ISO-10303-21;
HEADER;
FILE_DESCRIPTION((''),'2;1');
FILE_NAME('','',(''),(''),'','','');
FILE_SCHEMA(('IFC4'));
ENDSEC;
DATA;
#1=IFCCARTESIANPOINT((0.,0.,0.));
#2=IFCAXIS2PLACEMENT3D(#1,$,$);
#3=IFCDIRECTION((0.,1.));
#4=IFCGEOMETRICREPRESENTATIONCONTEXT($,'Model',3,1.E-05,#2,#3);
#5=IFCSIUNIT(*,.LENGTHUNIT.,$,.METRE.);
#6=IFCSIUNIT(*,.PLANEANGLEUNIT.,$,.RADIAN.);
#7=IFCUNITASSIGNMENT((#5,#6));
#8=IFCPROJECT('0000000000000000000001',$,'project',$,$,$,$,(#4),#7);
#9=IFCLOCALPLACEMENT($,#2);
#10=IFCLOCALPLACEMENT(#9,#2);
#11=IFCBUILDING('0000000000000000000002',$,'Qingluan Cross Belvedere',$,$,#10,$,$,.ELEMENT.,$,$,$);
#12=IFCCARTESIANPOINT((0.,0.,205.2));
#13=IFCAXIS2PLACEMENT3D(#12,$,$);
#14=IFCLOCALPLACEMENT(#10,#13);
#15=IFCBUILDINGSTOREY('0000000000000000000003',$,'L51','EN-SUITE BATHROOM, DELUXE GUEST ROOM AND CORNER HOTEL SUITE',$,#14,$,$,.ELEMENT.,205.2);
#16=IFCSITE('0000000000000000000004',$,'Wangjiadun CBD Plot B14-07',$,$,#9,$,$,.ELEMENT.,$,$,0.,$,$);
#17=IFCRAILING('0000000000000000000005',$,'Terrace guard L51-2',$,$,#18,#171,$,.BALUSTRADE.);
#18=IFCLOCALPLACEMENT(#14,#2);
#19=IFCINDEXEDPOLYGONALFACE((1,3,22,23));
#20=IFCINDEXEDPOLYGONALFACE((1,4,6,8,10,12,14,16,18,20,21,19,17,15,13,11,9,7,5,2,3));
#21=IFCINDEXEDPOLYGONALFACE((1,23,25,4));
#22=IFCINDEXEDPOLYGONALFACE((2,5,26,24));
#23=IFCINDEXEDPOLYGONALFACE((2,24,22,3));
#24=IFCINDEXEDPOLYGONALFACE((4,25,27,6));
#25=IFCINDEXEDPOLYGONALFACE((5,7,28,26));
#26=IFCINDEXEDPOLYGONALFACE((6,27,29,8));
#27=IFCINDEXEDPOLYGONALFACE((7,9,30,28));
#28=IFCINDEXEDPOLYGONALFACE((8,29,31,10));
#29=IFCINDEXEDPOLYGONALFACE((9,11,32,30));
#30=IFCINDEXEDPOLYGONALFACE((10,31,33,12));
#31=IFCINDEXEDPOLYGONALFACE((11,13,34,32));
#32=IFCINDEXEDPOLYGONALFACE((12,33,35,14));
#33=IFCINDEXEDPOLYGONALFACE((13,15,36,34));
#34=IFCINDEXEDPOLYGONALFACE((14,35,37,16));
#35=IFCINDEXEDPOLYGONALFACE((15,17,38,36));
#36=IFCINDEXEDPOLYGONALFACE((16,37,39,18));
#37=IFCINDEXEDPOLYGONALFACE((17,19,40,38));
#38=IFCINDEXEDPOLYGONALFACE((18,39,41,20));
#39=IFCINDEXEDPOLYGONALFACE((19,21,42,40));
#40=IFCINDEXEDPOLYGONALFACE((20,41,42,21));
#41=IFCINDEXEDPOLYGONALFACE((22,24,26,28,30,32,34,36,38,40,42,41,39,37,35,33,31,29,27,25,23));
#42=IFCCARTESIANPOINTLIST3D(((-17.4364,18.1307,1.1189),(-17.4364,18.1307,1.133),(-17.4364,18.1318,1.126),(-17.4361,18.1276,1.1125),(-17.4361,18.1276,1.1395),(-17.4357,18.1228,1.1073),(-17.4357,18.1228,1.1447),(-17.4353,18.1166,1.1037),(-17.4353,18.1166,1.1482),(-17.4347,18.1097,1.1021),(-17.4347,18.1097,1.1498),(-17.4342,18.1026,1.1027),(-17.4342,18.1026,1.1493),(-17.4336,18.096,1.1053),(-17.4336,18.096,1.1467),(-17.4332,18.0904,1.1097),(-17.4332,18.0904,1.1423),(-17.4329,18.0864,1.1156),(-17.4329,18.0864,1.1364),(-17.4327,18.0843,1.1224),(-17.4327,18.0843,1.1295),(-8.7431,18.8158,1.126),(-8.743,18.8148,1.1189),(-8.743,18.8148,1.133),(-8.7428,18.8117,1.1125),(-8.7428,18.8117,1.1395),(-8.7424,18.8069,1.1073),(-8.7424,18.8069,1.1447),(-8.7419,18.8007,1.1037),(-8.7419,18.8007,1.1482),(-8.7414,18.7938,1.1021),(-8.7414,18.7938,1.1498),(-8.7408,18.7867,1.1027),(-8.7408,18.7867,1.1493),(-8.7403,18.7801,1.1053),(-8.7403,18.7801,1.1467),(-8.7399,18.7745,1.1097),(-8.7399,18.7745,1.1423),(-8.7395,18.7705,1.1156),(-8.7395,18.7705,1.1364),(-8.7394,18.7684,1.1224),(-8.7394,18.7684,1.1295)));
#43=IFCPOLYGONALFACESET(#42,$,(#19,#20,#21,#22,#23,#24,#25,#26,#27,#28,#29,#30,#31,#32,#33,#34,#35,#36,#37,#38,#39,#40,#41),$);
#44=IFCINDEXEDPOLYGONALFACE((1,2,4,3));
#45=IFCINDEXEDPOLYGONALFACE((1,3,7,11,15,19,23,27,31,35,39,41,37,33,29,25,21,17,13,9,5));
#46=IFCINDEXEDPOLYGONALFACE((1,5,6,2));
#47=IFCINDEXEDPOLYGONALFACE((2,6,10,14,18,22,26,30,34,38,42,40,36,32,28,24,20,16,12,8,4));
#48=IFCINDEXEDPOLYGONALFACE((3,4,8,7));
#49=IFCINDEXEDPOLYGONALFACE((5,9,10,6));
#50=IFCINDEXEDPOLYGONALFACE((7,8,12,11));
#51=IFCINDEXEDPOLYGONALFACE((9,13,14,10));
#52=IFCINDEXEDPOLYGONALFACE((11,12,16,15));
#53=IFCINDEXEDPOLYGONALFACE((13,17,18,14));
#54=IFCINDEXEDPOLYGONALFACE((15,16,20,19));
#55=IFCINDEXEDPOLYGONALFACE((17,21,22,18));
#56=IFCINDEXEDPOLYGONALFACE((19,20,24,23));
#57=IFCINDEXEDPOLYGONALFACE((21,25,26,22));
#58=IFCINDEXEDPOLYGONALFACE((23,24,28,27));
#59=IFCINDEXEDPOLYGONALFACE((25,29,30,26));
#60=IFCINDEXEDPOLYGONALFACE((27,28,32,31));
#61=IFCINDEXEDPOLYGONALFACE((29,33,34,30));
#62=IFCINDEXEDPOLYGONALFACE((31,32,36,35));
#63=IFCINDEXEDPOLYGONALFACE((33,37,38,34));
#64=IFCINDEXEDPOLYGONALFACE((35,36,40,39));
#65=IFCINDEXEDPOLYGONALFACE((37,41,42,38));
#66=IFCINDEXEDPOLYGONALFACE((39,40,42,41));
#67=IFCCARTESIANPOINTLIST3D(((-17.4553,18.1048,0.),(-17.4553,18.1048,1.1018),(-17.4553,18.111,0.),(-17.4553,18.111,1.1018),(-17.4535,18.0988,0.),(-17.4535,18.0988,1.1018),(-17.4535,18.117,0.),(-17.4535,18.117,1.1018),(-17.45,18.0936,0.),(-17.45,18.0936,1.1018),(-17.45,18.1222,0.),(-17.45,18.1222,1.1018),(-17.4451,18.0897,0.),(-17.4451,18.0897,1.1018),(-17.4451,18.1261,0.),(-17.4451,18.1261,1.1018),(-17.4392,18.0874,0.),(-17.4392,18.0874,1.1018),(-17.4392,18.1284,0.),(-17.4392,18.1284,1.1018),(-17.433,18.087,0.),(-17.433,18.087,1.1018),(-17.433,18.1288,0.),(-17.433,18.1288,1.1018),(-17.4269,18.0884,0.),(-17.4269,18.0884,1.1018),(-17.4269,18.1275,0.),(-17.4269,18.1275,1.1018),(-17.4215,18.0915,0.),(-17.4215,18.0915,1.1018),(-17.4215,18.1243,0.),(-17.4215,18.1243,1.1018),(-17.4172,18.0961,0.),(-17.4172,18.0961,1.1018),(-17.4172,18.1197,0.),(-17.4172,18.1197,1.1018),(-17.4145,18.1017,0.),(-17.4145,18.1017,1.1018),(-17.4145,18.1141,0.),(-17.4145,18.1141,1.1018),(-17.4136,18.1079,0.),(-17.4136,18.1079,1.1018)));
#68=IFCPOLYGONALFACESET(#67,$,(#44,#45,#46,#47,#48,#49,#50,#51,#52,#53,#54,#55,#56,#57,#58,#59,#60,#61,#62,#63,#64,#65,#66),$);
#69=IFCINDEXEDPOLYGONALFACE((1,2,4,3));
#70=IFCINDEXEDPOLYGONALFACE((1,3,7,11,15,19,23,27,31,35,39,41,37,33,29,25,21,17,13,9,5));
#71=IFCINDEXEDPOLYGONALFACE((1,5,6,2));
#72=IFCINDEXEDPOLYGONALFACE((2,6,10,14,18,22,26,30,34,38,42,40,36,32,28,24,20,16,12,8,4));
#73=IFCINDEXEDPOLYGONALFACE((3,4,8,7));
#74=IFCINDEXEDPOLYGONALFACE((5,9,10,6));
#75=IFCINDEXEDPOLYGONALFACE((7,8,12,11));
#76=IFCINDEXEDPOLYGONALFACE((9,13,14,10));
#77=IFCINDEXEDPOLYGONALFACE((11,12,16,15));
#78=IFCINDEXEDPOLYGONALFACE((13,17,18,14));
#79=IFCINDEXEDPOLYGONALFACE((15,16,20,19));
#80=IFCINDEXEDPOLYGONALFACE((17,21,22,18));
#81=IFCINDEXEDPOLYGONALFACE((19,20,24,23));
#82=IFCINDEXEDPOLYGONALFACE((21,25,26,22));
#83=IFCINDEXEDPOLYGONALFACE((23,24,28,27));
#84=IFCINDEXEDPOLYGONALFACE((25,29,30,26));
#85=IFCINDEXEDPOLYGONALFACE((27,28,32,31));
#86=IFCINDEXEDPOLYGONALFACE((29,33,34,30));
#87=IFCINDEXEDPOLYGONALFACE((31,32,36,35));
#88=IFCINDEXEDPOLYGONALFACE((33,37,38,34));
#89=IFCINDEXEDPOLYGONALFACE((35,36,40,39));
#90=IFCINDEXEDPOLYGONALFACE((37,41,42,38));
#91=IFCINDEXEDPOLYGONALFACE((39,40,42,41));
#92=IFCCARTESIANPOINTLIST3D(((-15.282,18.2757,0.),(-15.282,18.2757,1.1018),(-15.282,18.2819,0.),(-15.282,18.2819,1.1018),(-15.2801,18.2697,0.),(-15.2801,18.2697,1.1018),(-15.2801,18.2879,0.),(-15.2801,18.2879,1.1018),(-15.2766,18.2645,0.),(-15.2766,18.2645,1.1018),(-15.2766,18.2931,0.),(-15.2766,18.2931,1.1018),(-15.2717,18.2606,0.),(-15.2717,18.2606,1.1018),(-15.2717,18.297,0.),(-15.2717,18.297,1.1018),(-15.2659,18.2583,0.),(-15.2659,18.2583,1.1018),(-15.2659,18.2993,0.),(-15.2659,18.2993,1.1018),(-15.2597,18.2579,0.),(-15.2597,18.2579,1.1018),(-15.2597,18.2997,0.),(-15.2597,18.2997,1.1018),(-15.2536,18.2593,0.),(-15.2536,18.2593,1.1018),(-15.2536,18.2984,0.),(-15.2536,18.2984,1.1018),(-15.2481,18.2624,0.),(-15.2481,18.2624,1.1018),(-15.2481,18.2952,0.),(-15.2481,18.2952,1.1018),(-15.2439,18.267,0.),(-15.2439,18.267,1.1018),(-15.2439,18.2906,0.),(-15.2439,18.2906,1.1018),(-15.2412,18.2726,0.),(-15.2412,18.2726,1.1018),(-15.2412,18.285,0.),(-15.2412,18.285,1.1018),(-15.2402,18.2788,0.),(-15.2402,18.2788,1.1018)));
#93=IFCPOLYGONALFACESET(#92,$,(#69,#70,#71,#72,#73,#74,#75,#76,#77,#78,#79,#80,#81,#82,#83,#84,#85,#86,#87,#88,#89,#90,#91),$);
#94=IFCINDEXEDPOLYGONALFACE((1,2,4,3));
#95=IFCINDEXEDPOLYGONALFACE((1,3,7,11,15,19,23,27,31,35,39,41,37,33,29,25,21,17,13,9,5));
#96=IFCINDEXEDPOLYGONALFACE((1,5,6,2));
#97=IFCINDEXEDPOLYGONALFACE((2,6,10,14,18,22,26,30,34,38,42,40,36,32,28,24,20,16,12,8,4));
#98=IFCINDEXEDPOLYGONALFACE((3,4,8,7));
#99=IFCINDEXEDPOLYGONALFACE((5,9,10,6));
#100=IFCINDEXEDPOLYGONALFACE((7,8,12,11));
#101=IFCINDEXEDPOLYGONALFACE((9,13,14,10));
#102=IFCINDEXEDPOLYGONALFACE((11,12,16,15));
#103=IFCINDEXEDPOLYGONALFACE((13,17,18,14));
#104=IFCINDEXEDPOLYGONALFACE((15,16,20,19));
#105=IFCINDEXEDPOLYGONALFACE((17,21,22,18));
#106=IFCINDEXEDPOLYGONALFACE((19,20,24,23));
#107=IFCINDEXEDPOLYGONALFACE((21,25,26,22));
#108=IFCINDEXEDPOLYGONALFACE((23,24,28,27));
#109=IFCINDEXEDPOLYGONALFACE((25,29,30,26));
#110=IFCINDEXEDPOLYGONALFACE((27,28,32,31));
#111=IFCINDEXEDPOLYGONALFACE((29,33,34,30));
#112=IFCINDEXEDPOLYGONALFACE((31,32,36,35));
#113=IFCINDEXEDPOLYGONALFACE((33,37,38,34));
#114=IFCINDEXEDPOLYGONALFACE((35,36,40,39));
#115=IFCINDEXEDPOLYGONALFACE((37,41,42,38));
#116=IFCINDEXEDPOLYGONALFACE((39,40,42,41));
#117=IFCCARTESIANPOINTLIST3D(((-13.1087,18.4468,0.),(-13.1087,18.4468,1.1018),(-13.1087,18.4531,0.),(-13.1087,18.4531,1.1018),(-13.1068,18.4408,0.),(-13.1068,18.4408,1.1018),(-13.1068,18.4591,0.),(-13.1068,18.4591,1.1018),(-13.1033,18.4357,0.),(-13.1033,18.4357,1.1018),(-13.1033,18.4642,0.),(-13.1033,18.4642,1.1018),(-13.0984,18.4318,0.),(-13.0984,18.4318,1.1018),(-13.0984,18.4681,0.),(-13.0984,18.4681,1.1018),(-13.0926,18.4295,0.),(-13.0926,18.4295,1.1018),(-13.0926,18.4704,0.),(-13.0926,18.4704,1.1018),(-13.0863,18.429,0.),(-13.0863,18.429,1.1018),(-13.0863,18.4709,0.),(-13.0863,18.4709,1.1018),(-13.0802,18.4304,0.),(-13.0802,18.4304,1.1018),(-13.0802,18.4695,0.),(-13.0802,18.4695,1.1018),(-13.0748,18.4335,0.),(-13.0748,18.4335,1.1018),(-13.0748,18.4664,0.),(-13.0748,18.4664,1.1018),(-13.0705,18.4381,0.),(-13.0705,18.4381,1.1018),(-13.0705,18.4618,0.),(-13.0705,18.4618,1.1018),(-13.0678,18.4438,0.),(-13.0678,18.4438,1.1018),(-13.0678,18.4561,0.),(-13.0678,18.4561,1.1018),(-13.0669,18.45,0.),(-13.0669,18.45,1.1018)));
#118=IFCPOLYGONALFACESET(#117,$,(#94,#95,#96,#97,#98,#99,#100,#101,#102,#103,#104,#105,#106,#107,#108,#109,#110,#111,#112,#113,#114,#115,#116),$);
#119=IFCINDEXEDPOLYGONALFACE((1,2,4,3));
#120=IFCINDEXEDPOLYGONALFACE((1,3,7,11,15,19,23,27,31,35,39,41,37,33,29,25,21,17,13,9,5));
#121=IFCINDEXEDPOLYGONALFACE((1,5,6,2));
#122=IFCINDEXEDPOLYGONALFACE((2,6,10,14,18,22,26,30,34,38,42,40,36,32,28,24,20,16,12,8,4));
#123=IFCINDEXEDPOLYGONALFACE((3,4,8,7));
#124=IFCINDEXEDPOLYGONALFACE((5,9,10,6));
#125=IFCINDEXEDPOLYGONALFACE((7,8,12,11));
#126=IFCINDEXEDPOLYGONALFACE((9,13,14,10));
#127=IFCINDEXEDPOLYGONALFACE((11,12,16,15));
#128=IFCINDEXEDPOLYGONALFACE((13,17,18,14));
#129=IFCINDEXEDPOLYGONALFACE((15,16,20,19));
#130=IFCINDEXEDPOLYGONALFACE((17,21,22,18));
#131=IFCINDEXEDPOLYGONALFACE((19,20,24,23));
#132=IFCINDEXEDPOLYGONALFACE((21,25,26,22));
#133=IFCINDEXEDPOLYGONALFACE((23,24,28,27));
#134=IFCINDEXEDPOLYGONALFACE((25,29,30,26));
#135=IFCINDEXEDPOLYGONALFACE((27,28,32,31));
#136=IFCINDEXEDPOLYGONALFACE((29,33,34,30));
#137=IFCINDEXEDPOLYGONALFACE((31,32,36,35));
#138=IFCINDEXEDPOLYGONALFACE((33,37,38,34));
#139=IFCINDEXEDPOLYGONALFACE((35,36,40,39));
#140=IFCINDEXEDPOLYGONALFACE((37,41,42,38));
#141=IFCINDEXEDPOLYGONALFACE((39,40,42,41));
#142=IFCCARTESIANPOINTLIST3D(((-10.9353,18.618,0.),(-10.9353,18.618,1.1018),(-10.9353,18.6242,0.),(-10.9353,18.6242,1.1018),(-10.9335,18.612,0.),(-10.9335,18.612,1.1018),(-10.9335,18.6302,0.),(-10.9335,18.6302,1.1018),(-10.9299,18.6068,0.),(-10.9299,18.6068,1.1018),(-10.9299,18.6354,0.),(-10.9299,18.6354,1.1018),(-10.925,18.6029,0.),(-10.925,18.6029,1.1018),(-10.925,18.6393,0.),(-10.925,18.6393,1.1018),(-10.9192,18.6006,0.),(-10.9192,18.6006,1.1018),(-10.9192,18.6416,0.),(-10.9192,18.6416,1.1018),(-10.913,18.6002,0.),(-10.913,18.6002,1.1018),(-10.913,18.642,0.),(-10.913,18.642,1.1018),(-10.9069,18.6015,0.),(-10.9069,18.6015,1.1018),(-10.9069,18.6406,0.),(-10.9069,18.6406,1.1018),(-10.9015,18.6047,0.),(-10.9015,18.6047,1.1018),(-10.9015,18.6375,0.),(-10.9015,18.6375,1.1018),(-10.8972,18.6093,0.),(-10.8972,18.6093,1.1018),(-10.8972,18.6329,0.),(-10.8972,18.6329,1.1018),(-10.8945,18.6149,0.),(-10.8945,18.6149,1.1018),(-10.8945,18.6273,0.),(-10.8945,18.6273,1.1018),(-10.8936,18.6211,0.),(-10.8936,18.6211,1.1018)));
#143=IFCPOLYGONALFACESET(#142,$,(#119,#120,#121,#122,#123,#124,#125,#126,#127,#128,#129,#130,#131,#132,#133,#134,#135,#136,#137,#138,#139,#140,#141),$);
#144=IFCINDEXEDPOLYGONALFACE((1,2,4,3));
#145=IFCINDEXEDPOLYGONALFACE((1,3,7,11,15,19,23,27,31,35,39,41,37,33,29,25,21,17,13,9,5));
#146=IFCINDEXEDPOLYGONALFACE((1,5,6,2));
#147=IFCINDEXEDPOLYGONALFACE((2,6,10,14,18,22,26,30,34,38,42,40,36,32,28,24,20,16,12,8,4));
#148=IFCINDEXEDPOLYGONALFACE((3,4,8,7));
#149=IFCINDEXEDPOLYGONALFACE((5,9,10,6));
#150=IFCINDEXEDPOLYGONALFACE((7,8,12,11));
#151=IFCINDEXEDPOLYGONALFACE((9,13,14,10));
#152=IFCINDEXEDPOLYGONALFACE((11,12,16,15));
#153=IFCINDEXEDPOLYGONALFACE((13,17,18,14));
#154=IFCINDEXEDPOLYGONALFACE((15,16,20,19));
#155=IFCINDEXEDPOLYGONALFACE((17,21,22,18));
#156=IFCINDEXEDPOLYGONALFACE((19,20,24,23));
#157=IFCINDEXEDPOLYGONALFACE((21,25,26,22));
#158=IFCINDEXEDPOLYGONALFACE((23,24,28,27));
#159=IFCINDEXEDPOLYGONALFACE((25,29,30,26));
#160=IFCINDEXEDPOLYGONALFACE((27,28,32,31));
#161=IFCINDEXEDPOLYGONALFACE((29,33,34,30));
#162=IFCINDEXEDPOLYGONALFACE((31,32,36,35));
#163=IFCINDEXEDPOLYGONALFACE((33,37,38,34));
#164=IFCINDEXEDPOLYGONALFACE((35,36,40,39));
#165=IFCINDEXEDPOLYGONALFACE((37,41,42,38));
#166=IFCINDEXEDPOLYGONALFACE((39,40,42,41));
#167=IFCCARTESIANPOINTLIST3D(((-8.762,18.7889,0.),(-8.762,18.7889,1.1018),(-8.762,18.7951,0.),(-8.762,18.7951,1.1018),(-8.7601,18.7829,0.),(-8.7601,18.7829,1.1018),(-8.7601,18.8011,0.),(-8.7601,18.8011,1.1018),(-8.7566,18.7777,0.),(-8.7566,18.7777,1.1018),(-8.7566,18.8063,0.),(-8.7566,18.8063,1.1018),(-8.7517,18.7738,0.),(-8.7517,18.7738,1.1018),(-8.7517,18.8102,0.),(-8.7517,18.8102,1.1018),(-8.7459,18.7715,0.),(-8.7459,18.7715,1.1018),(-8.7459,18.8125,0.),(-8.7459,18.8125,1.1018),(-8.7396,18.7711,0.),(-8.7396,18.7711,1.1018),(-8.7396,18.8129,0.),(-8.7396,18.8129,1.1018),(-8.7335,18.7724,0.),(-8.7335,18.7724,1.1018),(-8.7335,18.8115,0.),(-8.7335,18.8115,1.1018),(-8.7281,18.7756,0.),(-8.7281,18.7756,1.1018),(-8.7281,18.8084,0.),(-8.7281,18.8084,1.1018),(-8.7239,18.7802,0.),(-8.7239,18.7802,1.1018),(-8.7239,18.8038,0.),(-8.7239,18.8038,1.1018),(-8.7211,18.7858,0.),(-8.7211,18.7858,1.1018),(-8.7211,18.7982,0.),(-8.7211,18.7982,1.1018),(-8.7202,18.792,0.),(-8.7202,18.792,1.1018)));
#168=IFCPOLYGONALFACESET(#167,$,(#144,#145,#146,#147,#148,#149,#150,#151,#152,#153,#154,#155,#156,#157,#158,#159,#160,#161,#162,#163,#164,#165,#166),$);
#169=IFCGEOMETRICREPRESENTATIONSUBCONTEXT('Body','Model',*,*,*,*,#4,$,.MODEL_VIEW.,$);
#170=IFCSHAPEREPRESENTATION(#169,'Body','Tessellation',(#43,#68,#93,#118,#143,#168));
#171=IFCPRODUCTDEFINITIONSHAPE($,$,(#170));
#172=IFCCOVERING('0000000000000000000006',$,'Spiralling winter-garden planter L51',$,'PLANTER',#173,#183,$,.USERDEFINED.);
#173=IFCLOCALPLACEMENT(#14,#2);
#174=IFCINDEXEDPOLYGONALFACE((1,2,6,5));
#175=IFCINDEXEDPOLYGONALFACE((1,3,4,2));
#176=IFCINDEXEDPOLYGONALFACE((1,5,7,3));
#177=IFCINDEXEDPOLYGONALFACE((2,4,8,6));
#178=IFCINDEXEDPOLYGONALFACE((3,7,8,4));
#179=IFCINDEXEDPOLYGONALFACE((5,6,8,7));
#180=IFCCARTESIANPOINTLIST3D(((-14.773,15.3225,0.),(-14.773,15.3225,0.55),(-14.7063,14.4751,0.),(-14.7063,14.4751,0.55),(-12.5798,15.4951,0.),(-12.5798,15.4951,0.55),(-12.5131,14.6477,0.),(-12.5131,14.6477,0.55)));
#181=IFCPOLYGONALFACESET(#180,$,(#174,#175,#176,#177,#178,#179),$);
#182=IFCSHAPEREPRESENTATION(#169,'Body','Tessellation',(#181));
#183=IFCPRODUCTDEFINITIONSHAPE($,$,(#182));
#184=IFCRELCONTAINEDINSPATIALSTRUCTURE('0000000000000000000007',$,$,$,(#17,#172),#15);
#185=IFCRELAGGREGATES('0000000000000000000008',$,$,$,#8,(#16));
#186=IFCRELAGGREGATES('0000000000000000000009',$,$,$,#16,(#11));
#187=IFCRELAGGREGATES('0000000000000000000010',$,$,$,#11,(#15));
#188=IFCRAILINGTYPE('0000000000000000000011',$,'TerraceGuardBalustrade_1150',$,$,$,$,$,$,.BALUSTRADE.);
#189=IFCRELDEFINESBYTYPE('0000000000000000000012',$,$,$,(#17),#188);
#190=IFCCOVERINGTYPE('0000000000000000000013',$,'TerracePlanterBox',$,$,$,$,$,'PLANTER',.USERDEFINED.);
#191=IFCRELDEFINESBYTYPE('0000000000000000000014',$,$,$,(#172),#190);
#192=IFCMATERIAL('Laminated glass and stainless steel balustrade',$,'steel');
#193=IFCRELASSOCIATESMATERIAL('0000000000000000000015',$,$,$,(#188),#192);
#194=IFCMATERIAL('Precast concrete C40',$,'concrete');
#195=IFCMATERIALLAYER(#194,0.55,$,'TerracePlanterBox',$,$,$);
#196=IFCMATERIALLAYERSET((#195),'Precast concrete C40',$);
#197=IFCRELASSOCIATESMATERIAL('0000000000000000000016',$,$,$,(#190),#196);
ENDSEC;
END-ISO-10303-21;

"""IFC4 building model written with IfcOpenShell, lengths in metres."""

from ifc_helpers import new_model, si_unit, direction, frame, origin, origin_2d, place, context, subcontext, project, spatial, rectangle, circle, extrude, material, layer, layer_set, type_object, element, save


model = new_model("IFC4")

# Units and contexts
model_context = context("Model", 3, precision=1e-05, world=origin(), true_north=direction((0.0, 1.0)))
body_context = subcontext(model_context, "Body", "Model", "MODEL_VIEW")
ifc_project = project(units=[si_unit("LENGTHUNIT", "METRE"), si_unit("PLANEANGLEUNIT", "RADIAN")], contexts=[model_context])

# Site, building, storey
site_placement = place(None, origin())
site = spatial("IfcSite", under=ifc_project, at=site_placement, Name="Wangjiadun CBD Plot B14-07", CompositionType="ELEMENT", RefElevation=0.0)
building_placement = place(site_placement, origin())
building = spatial("IfcBuilding", under=site, at=building_placement, Name="Qingluan Cross Belvedere", CompositionType="ELEMENT")
storey_placement = place(building_placement, frame((0.0, 0.0, 205.2)))
storey = spatial("IfcBuildingStorey", under=building, at=storey_placement, Name="L51", Description="EN-SUITE BATHROOM, DELUXE GUEST ROOM AND CORNER HOTEL SUITE", CompositionType="ELEMENT", Elevation=205.2)

# Railing
ifc_material_1 = material(Name="Laminated glass and stainless steel balustrade", Category="steel")
railing_type = type_object("IfcRailingType", Name="TerraceGuardBalustrade_1150", PredefinedType="BALUSTRADE", material=ifc_material_1)
railing_placement = place(storey_placement, frame((-17.4346, 18.1079, 0.0)))
element("IfcRailing", 1, at=railing_placement, inside=storey, type_object=railing_type, Name="Terrace guard L51-2", PredefinedType="BALUSTRADE", context=body_context, shape_type="SweptSolid", body=[
    extrude(circle(Radius=0.0239, at=origin_2d()), frame((0.0, 0.0, 1.126), z_axis=(0.996918, 0.078448, 0.0), x_axis=(-0.078448, 0.996918, 0.0)), (0.0, 0.0, 1.0), 8.7202),
    extrude(circle(Radius=0.021, at=origin_2d()), origin(), (0.0, 0.0, 1.0), 1.1018),
    extrude(circle(Radius=0.021, at=origin_2d()), frame((2.1733, 0.1709, 0.0)), (0.0, 0.0, 1.0), 1.1018),
    extrude(circle(Radius=0.021, at=origin_2d()), frame((4.3467, 0.342, 0.0)), (0.0, 0.0, 1.0), 1.1018),
    extrude(circle(Radius=0.021, at=origin_2d()), frame((6.52, 0.5132, 0.0)), (0.0, 0.0, 1.0), 1.1018),
    extrude(circle(Radius=0.021, at=origin_2d()), frame((8.6934, 0.6841, 0.0)), (0.0, 0.0, 1.0), 1.1018),
])

# Covering
ifc_material_2 = material(Name="Precast concrete C40", Category="concrete")
ifc_layer_1 = layer(ifc_material_2, 0.55, Name="TerracePlanterBox")
ifc_layer_set_1 = layer_set([ifc_layer_1], Name="Precast concrete C40")
covering_type = type_object("IfcCoveringType", Name="TerracePlanterBox", ElementType="PLANTER", PredefinedType="USERDEFINED", material=ifc_layer_set_1)
covering_placement = place(storey_placement, frame((-13.6431, 14.9851, 0.0), z_axis=(0.0, 0.0, 1.0), x_axis=(0.996917, 0.078459, 0.0)))
element("IfcCovering", 2, at=covering_placement, inside=storey, type_object=covering_type, Name="Spiralling winter-garden planter L51", ObjectType="PLANTER", PredefinedType="USERDEFINED", context=body_context, shape_type="SweptSolid", body=[
    extrude(rectangle(XDim=2.2, YDim=0.8501, at=origin_2d()), origin(), (0.0, 0.0, 1.0), 0.55),
])

save(model, "model.ifc")
